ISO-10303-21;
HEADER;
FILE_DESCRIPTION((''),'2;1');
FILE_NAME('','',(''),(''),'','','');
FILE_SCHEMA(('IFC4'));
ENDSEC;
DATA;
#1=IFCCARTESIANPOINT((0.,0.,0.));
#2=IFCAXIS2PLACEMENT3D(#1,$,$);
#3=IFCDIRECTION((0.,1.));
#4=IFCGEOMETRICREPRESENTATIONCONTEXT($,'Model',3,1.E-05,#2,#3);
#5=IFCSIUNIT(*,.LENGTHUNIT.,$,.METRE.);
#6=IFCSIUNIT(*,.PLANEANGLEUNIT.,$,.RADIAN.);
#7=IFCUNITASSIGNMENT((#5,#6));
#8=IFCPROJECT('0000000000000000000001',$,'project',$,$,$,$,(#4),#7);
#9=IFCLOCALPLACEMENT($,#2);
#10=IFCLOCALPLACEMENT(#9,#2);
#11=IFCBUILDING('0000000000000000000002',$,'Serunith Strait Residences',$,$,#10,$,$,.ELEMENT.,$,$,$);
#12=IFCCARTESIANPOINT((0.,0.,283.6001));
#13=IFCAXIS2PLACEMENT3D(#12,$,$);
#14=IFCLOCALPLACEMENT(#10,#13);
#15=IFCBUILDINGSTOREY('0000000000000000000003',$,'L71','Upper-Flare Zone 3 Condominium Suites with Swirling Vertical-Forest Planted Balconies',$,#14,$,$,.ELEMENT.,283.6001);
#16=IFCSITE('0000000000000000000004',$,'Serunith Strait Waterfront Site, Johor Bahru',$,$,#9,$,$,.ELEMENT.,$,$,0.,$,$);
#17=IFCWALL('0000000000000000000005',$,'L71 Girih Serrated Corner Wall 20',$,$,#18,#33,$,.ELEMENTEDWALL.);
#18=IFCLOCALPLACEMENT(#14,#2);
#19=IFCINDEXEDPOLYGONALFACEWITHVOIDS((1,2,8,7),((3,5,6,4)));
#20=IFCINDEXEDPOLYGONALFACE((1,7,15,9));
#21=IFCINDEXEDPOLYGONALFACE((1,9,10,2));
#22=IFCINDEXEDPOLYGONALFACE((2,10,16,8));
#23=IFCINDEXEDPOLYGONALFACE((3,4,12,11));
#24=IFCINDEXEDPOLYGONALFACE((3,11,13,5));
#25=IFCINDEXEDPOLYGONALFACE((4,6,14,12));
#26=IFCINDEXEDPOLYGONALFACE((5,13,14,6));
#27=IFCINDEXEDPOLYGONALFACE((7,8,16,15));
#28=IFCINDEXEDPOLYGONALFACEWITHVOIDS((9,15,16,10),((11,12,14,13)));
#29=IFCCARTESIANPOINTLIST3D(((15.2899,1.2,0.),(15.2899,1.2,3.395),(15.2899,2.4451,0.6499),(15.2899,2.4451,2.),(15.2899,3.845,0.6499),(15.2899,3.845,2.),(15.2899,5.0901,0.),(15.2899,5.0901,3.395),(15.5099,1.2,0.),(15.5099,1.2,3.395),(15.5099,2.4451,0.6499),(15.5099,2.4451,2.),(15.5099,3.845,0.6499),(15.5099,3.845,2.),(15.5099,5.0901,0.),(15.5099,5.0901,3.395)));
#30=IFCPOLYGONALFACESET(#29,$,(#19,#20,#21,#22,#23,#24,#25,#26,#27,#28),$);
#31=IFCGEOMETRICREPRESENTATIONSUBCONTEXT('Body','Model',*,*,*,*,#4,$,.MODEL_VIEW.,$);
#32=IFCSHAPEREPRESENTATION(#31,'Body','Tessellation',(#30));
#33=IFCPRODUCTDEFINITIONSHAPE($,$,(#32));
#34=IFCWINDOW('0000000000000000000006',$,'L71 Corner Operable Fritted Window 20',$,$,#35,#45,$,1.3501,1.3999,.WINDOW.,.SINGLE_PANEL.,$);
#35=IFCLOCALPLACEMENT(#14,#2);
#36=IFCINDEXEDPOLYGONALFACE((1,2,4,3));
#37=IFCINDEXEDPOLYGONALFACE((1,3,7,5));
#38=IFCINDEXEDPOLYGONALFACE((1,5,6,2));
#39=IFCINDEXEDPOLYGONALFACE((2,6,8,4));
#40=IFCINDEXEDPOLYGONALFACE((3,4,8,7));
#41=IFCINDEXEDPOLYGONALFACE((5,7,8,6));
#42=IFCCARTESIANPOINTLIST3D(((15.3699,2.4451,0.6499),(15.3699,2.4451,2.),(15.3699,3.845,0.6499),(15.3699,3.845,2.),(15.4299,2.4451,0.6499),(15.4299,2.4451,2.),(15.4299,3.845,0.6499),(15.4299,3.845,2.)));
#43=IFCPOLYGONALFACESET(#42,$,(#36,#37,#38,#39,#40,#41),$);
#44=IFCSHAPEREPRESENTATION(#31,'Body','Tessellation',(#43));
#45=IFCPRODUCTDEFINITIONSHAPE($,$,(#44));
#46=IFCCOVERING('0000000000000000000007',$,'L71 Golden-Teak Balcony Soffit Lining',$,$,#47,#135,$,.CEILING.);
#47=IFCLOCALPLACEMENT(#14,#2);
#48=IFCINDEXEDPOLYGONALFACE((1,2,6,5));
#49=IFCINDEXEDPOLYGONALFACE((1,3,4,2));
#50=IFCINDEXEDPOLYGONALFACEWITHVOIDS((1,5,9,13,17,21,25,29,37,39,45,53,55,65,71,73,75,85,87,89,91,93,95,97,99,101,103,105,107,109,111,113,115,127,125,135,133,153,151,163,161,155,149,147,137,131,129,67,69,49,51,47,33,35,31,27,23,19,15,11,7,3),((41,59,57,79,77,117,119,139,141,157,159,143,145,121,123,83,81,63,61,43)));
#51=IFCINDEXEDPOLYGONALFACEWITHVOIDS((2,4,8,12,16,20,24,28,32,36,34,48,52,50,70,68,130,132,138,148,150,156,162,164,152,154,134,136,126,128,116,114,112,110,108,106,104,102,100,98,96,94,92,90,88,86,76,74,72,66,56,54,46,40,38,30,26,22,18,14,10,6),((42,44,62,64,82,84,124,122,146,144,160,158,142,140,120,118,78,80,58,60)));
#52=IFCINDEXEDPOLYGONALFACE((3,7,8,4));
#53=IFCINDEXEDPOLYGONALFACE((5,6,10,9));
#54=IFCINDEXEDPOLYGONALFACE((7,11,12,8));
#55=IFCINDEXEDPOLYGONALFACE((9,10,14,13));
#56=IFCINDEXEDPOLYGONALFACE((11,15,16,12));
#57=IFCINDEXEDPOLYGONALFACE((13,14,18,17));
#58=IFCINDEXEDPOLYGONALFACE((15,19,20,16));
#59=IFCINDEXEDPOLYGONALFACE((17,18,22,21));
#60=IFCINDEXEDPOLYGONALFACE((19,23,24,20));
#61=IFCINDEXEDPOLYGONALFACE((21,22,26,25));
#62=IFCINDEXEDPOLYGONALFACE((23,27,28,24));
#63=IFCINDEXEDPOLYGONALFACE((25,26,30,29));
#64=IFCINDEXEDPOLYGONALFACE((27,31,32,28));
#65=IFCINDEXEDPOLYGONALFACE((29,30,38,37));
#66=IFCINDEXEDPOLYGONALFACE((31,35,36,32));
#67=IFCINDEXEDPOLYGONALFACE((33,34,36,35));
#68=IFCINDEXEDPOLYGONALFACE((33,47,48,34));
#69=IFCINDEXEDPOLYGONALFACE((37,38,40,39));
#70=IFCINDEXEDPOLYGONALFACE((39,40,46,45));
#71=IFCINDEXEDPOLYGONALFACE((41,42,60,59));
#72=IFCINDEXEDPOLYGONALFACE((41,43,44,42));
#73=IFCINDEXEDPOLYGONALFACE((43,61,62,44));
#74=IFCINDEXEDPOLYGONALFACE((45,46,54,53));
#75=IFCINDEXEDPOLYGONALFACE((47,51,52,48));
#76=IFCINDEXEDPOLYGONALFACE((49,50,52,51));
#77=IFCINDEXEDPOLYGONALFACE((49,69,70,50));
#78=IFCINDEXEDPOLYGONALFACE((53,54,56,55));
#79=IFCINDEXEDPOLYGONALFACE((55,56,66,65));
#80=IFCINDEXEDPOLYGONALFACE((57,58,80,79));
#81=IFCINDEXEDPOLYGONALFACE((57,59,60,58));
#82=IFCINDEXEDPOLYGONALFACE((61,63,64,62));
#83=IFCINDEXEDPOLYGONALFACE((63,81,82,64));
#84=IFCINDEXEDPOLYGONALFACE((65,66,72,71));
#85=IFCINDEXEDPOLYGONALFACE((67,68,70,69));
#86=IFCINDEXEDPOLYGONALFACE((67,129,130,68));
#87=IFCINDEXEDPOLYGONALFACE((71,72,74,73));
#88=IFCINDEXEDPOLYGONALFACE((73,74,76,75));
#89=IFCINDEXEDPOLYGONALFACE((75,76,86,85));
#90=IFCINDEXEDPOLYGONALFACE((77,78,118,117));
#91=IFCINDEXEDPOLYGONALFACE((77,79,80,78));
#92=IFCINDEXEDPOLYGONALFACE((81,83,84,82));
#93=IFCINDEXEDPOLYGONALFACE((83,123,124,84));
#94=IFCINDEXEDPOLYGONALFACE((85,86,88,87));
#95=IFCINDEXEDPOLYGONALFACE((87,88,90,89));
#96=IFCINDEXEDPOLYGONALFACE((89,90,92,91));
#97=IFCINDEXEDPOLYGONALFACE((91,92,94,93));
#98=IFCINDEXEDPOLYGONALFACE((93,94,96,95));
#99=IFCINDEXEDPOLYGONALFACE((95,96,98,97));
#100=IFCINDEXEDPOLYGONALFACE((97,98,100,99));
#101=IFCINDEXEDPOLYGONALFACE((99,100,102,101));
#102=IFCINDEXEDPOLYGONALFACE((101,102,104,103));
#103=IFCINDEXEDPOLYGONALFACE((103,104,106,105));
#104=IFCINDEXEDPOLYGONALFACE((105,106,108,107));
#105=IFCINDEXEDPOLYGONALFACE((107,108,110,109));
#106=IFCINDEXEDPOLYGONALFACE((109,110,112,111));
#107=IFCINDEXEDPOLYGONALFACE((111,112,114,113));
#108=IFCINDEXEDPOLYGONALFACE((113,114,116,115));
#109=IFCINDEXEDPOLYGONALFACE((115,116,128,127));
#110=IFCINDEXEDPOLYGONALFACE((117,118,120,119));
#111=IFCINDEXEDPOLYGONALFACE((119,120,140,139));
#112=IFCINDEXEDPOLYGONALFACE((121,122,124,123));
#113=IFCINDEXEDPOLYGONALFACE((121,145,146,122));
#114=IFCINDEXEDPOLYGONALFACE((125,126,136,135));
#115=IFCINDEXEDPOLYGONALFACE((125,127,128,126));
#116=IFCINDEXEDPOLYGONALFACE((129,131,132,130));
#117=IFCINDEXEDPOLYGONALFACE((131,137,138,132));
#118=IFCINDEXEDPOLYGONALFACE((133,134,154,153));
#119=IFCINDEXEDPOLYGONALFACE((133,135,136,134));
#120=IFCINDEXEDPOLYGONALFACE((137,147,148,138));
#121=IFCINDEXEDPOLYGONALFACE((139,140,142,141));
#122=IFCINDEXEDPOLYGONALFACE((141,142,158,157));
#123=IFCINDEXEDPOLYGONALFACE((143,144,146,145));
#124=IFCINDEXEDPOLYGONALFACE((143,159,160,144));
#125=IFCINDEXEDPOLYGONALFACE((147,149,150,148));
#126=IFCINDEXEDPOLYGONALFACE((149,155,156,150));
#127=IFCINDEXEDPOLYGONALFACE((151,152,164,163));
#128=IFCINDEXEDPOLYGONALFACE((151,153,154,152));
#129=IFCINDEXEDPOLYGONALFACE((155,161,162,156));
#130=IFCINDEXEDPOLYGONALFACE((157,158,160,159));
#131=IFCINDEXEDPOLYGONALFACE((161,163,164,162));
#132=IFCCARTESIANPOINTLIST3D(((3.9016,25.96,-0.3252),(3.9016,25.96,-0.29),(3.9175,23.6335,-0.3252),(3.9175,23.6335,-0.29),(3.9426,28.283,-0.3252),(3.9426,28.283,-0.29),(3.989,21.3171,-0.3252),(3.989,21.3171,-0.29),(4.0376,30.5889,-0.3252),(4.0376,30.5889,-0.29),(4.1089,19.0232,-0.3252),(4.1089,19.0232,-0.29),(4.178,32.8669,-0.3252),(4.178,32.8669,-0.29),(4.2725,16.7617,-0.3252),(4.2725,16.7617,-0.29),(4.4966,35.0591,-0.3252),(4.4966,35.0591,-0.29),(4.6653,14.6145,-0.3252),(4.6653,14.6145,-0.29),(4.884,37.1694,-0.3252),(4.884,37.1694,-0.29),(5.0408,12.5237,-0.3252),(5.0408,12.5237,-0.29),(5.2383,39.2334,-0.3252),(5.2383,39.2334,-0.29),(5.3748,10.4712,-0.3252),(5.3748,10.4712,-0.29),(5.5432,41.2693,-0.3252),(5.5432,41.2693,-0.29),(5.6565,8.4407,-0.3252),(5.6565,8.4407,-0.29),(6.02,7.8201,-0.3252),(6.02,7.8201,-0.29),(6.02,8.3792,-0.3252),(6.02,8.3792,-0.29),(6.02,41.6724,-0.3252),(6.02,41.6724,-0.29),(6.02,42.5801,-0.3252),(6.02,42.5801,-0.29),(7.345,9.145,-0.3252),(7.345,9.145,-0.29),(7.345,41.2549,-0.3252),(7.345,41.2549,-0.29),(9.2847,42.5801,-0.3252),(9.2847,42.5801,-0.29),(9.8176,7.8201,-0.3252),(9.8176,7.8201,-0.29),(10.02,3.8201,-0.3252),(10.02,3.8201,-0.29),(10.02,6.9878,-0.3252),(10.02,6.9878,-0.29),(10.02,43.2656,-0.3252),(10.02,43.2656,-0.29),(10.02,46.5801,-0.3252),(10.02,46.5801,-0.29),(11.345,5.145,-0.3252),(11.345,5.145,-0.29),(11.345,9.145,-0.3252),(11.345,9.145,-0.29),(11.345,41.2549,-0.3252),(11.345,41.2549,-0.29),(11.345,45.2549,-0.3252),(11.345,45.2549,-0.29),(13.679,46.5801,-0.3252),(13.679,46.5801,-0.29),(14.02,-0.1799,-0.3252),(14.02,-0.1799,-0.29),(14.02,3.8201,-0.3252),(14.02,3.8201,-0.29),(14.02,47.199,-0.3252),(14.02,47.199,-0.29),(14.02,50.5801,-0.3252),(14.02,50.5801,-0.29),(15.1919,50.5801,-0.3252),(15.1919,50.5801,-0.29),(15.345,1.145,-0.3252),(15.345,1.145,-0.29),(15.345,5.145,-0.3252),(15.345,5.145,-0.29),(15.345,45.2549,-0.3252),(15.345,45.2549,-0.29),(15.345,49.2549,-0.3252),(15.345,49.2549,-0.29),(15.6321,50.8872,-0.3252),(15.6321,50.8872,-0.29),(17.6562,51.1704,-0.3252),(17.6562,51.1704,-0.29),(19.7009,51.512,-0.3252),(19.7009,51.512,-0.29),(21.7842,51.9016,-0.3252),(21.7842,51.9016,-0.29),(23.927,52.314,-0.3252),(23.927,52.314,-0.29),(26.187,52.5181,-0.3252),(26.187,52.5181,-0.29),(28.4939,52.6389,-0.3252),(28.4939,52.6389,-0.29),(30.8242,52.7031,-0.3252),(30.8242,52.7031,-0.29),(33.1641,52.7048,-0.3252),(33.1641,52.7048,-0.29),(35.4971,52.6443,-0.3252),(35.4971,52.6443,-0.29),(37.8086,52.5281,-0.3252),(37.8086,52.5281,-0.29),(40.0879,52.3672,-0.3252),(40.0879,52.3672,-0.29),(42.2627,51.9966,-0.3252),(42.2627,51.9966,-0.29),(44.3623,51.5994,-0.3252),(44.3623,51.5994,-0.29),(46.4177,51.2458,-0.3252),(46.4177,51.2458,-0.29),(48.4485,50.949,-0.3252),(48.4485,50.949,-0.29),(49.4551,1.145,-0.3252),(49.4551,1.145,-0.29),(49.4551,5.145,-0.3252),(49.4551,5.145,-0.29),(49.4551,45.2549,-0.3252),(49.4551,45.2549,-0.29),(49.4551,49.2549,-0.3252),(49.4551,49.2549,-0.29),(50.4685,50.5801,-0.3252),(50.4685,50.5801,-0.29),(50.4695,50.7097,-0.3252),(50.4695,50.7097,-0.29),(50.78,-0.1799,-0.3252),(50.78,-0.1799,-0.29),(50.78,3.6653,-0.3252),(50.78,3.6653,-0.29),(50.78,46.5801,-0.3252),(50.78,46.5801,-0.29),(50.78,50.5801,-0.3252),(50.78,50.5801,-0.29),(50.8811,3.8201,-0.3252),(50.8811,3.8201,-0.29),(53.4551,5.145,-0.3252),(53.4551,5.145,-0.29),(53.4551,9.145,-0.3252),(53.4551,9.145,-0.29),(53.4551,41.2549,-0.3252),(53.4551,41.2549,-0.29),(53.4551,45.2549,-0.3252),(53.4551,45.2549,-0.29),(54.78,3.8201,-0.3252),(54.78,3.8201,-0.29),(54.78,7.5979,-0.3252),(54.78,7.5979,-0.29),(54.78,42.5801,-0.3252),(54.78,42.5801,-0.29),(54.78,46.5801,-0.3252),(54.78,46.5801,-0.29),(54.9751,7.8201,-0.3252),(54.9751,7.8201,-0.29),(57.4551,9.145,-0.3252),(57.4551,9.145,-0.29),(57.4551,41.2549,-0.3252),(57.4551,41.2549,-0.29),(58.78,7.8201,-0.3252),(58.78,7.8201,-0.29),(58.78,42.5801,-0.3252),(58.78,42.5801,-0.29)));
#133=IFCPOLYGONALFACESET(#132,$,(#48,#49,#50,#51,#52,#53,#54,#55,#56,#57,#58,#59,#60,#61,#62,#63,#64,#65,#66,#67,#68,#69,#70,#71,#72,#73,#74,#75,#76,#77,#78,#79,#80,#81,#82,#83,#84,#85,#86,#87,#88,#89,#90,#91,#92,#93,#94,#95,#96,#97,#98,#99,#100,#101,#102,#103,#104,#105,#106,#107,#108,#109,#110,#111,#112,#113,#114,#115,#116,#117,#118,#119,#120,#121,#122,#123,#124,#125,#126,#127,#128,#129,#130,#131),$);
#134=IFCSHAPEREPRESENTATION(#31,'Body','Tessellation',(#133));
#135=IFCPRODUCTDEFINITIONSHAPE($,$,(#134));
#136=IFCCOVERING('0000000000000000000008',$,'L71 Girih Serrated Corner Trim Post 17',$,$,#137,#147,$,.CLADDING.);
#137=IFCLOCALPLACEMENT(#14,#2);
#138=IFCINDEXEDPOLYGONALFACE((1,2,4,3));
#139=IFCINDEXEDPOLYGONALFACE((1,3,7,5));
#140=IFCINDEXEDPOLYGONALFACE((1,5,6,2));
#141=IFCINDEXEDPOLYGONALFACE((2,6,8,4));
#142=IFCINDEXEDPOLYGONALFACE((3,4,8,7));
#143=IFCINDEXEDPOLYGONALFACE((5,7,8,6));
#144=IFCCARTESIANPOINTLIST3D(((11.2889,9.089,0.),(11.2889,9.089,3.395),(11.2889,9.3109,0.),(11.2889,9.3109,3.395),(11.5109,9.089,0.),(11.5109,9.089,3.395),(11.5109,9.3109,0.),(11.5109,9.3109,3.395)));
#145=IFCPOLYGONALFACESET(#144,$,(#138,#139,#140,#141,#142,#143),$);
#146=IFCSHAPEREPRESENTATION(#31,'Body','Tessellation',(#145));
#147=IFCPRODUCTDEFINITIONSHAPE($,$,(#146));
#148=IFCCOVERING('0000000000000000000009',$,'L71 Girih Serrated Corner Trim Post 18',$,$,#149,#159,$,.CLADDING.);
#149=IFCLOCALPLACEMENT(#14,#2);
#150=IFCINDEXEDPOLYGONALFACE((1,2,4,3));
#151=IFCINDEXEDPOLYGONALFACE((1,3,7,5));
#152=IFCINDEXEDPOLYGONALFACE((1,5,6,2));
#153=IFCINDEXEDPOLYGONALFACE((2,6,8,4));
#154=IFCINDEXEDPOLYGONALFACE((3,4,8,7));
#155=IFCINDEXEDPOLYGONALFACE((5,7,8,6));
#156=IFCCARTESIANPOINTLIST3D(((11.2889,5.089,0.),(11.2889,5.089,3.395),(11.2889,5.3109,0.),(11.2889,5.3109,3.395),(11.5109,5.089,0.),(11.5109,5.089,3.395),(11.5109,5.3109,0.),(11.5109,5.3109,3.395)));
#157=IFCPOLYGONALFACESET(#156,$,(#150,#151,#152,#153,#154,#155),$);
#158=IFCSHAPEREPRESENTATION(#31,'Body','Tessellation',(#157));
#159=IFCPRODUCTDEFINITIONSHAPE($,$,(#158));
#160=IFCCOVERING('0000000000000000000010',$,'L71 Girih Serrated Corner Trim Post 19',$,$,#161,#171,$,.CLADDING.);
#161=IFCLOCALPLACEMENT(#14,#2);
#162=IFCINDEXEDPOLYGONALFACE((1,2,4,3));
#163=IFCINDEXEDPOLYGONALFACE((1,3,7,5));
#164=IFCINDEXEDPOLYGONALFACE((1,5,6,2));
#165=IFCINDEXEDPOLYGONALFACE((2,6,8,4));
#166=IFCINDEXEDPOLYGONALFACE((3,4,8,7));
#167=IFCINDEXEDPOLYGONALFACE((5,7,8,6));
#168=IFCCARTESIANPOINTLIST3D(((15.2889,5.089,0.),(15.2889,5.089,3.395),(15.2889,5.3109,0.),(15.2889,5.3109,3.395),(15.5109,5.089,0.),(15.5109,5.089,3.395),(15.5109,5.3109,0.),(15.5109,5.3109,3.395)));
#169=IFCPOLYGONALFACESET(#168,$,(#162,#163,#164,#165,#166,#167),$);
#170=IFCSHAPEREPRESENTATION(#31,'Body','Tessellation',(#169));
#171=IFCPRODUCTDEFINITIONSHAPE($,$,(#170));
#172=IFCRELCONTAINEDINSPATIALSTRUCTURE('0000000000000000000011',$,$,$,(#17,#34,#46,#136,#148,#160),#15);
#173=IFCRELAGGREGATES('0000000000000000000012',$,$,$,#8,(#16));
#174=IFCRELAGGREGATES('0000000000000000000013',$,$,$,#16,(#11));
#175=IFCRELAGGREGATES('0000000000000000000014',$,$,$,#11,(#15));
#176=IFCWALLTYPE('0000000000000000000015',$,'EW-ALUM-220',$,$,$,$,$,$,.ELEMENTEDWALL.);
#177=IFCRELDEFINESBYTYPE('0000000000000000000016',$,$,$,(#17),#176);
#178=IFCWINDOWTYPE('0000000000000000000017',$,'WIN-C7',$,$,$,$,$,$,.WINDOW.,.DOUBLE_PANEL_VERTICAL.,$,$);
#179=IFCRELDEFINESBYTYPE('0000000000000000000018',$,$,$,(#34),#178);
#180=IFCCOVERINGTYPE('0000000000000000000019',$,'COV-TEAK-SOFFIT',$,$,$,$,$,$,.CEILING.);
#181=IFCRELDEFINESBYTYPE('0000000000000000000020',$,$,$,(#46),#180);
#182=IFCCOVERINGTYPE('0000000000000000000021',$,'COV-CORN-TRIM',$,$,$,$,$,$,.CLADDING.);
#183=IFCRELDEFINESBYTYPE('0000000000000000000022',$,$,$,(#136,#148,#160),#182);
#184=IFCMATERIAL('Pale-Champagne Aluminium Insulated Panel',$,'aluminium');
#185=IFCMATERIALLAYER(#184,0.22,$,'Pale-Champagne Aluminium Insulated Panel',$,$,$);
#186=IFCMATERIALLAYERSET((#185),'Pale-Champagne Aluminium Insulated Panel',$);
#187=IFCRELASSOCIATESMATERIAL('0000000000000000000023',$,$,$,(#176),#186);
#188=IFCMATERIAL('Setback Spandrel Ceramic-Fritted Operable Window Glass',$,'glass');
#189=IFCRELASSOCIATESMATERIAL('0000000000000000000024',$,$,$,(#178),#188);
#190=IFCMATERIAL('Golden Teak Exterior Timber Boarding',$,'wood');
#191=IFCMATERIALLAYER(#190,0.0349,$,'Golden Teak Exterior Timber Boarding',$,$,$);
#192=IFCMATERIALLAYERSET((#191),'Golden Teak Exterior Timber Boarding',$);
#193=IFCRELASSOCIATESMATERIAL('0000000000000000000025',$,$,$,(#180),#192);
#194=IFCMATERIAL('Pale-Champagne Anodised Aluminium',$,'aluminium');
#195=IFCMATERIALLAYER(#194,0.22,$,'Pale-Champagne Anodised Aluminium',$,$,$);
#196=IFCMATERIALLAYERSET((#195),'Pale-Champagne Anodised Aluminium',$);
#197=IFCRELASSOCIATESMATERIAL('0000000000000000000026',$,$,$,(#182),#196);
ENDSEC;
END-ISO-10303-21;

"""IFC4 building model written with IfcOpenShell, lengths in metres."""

from ifc_helpers import new_model, si_unit, direction, frame, frame_2d, origin, origin_2d, place, context, subcontext, project, spatial, polyline, rectangle, outline, extrude, source, transform, mapped, material, layer, layer_set, type_object, element, fill, save


model = new_model("IFC4")

# Units and contexts
model_context = context("Model", 3, precision=1e-05, world=origin(), true_north=direction((0.0, 1.0)))
body_context = subcontext(model_context, "Body", "Model", "MODEL_VIEW")
ifc_project = project(units=[si_unit("LENGTHUNIT", "METRE"), si_unit("PLANEANGLEUNIT", "RADIAN")], contexts=[model_context])

# Site, building, storey
site_placement = place(None, origin())
site = spatial("IfcSite", under=ifc_project, at=site_placement, Name="Serunith Strait Waterfront Site, Johor Bahru", CompositionType="ELEMENT", RefElevation=0.0)
building_placement = place(site_placement, origin())
building = spatial("IfcBuilding", under=site, at=building_placement, Name="Serunith Strait Residences", CompositionType="ELEMENT")
storey_placement = place(building_placement, frame((0.0, 0.0, 283.6001)))
storey = spatial("IfcBuildingStorey", under=building, at=storey_placement, Name="L71", Description="Upper-Flare Zone 3 Condominium Suites with Swirling Vertical-Forest Planted Balconies", CompositionType="ELEMENT", Elevation=283.6001)

# Shared definitions
ifc_material_1 = material(Name="Pale-Champagne Anodised Aluminium", Category="aluminium")

# Wall, opening, window
ifc_material_2 = material(Name="Pale-Champagne Aluminium Insulated Panel", Category="aluminium")
ifc_layer_1 = layer(ifc_material_2, 0.22, Name="Pale-Champagne Aluminium Insulated Panel")
ifc_layer_set_1 = layer_set([ifc_layer_1], Name="Pale-Champagne Aluminium Insulated Panel")
wall_type = type_object("IfcWallType", Name="EW-ALUM-220", PredefinedType="ELEMENTEDWALL", material=ifc_layer_set_1)
ifc_material_3 = material(Name="Setback Spandrel Ceramic-Fritted Operable Window Glass", Category="glass")
window_type = type_object("IfcWindowType", Name="WIN-C7", PartitioningType="DOUBLE_PANEL_VERTICAL", PredefinedType="WINDOW", material=ifc_material_3)
shared_shape_1 = source(origin(), body_context, "Body", "SweptSolid", [
    extrude(rectangle(XDim=1.3999, YDim=1.3501, at=frame_2d((0.7, 0.675))), frame((0.0, 0.03, 0.0), z_axis=(0.0, -1.0, 0.0), x_axis=(1.0, 0.0, 0.0)), (0.0, 0.0, 1.0), 0.0601),
])
wall_1_placement = place(storey_placement, frame((15.3999, 5.0901, 0.0), z_axis=(0.0, 0.0, 1.0), x_axis=(0.0, -1.0, 0.0)))
wall_1 = element("IfcWall", 1, at=wall_1_placement, inside=storey, type_object=wall_type, Name="L71 Girih Serrated Corner Wall 20", PredefinedType="ELEMENTEDWALL", context=body_context, shape_type="SweptSolid", body=[
    extrude(rectangle(XDim=3.8901, YDim=0.22, at=frame_2d((1.9451, 0.0))), origin(), (0.0, 0.0, 1.0), 3.395),
])
opening_1_placement = place(wall_1_placement, frame((1.2451, 0.0, 0.6499)))
opening_1 = element("IfcOpeningElement", 2, at=opening_1_placement, cuts=wall_1, PredefinedType="OPENING", context=body_context, shape_type="SweptSolid", body=[
    extrude(rectangle(XDim=1.3999, YDim=1.3501, at=frame_2d((0.7, 0.675))), frame((0.0, 0.1201, 0.0), z_axis=(0.0, -1.0, 0.0), x_axis=(1.0, 0.0, 0.0)), (0.0, 0.0, 1.0), 0.24),
])
window_1_placement = place(opening_1_placement, origin())
window_1 = element("IfcWindow", 3, at=window_1_placement, inside=storey, type_object=window_type, Name="L71 Corner Operable Fritted Window 20", OverallHeight=1.3501, OverallWidth=1.3999, PartitioningType="SINGLE_PANEL", PredefinedType="WINDOW", context=body_context, shape_type="MappedRepresentation", body=[
    mapped(shared_shape_1, transform((0.0, 0.0, 0.0), scale=1.0)),
])
fill(opening_1, window_1)

# Covering
ifc_material_4 = material(Name="Golden Teak Exterior Timber Boarding", Category="wood")
ifc_layer_2 = layer(ifc_material_4, 0.0349, Name="Golden Teak Exterior Timber Boarding")
ifc_layer_set_2 = layer_set([ifc_layer_2], Name="Golden Teak Exterior Timber Boarding")
covering_type_1 = type_object("IfcCoveringType", Name="COV-TEAK-SOFFIT", PredefinedType="CEILING", material=ifc_layer_set_2)
covering_placement = place(storey_placement, frame((0.0, 0.0, -0.3252)))
element("IfcCovering", 4, at=covering_placement, inside=storey, type_object=covering_type_1, Name="L71 Golden-Teak Balcony Soffit Lining", PredefinedType="CEILING", context=body_context, shape_type="SweptSolid", body=[
    extrude(outline(polyline([(6.02, 7.8201), (6.02, 8.3792), (5.6565, 8.4407), (5.3748, 10.4712), (5.0408, 12.5237), (4.6653, 14.6145), (4.2725, 16.7617), (4.1089, 19.0232), (3.989, 21.3171), (3.9175, 23.6335), (3.9016, 25.96), (3.9426, 28.283), (4.0376, 30.5889), (4.178, 32.8669), (4.4966, 35.0591), (4.884, 37.1694), (5.2383, 39.2334), (5.5432, 41.2693), (6.02, 41.6724), (6.02, 42.5801), (9.2847, 42.5801), (10.02, 43.2656), (10.02, 46.5801), (13.679, 46.5801), (14.02, 47.199), (14.02, 50.5801), (15.1919, 50.5801), (15.6321, 50.8872), (17.6562, 51.1704), (19.7009, 51.512), (21.7842, 51.9016), (23.927, 52.314), (26.187, 52.5181), (28.4939, 52.6389), (30.8242, 52.7031), (33.1641, 52.7048), (35.4971, 52.6443), (37.8086, 52.5281), (40.0879, 52.3672), (42.2627, 51.9966), (44.3623, 51.5994), (46.4177, 51.2458), (48.4485, 50.949), (50.4695, 50.7097), (50.4685, 50.5801), (50.78, 50.5801), (50.78, 46.5801), (54.78, 46.5801), (54.78, 42.5801), (58.78, 42.5801), (58.78, 7.8201), (54.9751, 7.8201), (54.78, 7.5979), (54.78, 3.8201), (50.8811, 3.8201), (50.78, 3.6653), (50.78, -0.1799), (14.02, -0.1799), (14.02, 3.8201), (10.02, 3.8201), (10.02, 6.9878), (9.8176, 7.8201), (6.02, 7.8201)]), holes=[polyline([(49.4551, 1.145), (49.4551, 5.145), (53.4551, 5.145), (53.4551, 9.145), (57.4551, 9.145), (57.4551, 41.2549), (53.4551, 41.2549), (53.4551, 45.2549), (49.4551, 45.2549), (49.4551, 49.2549), (15.345, 49.2549), (15.345, 45.2549), (11.345, 45.2549), (11.345, 41.2549), (7.345, 41.2549), (7.345, 9.145), (11.345, 9.145), (11.345, 5.145), (15.345, 5.145), (15.345, 1.145), (49.4551, 1.145)])]), origin(), (0.0, 0.0, 1.0), 0.0352),
])

# Coverings
ifc_layer_3 = layer(ifc_material_1, 0.22, Name="Pale-Champagne Anodised Aluminium")
ifc_layer_set_3 = layer_set([ifc_layer_3], Name="Pale-Champagne Anodised Aluminium")
covering_type_2 = type_object("IfcCoveringType", Name="COV-CORN-TRIM", PredefinedType="CLADDING", material=ifc_layer_set_3)
shared_shape_2 = source(origin(), body_context, "Body", "SweptSolid", [
    extrude(rectangle(XDim=0.2219, YDim=0.2219, at=origin_2d()), origin(), (0.0, 0.0, 1.0), 3.395),
])
for number, where, z_axis, x_axis, name in (
    (5, (11.3999, 9.2, 0.0), (0.0, 0.0, 1.0), (1.0, 0.0, 0.0), "L71 Girih Serrated Corner Trim Post 17"),
    (6, (11.3999, 5.2, 0.0), (0.0, 0.0, 1.0), (1.0, 0.0, 0.0), "L71 Girih Serrated Corner Trim Post 18"),
    (7, (15.3999, 5.2, 0.0), (0.0, 0.0, 1.0), (1.0, 0.0, 0.0), "L71 Girih Serrated Corner Trim Post 19"),
):
    element("IfcCovering", number, at=place(storey_placement, frame(where, z_axis=z_axis, x_axis=x_axis)), inside=storey, type_object=covering_type_2, Name=name, PredefinedType="CLADDING", context=body_context, shape_type="MappedRepresentation", body=[
        mapped(shared_shape_2, transform((0.0, 0.0, 0.0), scale=1.0)),
    ])

save(model, "model.ifc")
